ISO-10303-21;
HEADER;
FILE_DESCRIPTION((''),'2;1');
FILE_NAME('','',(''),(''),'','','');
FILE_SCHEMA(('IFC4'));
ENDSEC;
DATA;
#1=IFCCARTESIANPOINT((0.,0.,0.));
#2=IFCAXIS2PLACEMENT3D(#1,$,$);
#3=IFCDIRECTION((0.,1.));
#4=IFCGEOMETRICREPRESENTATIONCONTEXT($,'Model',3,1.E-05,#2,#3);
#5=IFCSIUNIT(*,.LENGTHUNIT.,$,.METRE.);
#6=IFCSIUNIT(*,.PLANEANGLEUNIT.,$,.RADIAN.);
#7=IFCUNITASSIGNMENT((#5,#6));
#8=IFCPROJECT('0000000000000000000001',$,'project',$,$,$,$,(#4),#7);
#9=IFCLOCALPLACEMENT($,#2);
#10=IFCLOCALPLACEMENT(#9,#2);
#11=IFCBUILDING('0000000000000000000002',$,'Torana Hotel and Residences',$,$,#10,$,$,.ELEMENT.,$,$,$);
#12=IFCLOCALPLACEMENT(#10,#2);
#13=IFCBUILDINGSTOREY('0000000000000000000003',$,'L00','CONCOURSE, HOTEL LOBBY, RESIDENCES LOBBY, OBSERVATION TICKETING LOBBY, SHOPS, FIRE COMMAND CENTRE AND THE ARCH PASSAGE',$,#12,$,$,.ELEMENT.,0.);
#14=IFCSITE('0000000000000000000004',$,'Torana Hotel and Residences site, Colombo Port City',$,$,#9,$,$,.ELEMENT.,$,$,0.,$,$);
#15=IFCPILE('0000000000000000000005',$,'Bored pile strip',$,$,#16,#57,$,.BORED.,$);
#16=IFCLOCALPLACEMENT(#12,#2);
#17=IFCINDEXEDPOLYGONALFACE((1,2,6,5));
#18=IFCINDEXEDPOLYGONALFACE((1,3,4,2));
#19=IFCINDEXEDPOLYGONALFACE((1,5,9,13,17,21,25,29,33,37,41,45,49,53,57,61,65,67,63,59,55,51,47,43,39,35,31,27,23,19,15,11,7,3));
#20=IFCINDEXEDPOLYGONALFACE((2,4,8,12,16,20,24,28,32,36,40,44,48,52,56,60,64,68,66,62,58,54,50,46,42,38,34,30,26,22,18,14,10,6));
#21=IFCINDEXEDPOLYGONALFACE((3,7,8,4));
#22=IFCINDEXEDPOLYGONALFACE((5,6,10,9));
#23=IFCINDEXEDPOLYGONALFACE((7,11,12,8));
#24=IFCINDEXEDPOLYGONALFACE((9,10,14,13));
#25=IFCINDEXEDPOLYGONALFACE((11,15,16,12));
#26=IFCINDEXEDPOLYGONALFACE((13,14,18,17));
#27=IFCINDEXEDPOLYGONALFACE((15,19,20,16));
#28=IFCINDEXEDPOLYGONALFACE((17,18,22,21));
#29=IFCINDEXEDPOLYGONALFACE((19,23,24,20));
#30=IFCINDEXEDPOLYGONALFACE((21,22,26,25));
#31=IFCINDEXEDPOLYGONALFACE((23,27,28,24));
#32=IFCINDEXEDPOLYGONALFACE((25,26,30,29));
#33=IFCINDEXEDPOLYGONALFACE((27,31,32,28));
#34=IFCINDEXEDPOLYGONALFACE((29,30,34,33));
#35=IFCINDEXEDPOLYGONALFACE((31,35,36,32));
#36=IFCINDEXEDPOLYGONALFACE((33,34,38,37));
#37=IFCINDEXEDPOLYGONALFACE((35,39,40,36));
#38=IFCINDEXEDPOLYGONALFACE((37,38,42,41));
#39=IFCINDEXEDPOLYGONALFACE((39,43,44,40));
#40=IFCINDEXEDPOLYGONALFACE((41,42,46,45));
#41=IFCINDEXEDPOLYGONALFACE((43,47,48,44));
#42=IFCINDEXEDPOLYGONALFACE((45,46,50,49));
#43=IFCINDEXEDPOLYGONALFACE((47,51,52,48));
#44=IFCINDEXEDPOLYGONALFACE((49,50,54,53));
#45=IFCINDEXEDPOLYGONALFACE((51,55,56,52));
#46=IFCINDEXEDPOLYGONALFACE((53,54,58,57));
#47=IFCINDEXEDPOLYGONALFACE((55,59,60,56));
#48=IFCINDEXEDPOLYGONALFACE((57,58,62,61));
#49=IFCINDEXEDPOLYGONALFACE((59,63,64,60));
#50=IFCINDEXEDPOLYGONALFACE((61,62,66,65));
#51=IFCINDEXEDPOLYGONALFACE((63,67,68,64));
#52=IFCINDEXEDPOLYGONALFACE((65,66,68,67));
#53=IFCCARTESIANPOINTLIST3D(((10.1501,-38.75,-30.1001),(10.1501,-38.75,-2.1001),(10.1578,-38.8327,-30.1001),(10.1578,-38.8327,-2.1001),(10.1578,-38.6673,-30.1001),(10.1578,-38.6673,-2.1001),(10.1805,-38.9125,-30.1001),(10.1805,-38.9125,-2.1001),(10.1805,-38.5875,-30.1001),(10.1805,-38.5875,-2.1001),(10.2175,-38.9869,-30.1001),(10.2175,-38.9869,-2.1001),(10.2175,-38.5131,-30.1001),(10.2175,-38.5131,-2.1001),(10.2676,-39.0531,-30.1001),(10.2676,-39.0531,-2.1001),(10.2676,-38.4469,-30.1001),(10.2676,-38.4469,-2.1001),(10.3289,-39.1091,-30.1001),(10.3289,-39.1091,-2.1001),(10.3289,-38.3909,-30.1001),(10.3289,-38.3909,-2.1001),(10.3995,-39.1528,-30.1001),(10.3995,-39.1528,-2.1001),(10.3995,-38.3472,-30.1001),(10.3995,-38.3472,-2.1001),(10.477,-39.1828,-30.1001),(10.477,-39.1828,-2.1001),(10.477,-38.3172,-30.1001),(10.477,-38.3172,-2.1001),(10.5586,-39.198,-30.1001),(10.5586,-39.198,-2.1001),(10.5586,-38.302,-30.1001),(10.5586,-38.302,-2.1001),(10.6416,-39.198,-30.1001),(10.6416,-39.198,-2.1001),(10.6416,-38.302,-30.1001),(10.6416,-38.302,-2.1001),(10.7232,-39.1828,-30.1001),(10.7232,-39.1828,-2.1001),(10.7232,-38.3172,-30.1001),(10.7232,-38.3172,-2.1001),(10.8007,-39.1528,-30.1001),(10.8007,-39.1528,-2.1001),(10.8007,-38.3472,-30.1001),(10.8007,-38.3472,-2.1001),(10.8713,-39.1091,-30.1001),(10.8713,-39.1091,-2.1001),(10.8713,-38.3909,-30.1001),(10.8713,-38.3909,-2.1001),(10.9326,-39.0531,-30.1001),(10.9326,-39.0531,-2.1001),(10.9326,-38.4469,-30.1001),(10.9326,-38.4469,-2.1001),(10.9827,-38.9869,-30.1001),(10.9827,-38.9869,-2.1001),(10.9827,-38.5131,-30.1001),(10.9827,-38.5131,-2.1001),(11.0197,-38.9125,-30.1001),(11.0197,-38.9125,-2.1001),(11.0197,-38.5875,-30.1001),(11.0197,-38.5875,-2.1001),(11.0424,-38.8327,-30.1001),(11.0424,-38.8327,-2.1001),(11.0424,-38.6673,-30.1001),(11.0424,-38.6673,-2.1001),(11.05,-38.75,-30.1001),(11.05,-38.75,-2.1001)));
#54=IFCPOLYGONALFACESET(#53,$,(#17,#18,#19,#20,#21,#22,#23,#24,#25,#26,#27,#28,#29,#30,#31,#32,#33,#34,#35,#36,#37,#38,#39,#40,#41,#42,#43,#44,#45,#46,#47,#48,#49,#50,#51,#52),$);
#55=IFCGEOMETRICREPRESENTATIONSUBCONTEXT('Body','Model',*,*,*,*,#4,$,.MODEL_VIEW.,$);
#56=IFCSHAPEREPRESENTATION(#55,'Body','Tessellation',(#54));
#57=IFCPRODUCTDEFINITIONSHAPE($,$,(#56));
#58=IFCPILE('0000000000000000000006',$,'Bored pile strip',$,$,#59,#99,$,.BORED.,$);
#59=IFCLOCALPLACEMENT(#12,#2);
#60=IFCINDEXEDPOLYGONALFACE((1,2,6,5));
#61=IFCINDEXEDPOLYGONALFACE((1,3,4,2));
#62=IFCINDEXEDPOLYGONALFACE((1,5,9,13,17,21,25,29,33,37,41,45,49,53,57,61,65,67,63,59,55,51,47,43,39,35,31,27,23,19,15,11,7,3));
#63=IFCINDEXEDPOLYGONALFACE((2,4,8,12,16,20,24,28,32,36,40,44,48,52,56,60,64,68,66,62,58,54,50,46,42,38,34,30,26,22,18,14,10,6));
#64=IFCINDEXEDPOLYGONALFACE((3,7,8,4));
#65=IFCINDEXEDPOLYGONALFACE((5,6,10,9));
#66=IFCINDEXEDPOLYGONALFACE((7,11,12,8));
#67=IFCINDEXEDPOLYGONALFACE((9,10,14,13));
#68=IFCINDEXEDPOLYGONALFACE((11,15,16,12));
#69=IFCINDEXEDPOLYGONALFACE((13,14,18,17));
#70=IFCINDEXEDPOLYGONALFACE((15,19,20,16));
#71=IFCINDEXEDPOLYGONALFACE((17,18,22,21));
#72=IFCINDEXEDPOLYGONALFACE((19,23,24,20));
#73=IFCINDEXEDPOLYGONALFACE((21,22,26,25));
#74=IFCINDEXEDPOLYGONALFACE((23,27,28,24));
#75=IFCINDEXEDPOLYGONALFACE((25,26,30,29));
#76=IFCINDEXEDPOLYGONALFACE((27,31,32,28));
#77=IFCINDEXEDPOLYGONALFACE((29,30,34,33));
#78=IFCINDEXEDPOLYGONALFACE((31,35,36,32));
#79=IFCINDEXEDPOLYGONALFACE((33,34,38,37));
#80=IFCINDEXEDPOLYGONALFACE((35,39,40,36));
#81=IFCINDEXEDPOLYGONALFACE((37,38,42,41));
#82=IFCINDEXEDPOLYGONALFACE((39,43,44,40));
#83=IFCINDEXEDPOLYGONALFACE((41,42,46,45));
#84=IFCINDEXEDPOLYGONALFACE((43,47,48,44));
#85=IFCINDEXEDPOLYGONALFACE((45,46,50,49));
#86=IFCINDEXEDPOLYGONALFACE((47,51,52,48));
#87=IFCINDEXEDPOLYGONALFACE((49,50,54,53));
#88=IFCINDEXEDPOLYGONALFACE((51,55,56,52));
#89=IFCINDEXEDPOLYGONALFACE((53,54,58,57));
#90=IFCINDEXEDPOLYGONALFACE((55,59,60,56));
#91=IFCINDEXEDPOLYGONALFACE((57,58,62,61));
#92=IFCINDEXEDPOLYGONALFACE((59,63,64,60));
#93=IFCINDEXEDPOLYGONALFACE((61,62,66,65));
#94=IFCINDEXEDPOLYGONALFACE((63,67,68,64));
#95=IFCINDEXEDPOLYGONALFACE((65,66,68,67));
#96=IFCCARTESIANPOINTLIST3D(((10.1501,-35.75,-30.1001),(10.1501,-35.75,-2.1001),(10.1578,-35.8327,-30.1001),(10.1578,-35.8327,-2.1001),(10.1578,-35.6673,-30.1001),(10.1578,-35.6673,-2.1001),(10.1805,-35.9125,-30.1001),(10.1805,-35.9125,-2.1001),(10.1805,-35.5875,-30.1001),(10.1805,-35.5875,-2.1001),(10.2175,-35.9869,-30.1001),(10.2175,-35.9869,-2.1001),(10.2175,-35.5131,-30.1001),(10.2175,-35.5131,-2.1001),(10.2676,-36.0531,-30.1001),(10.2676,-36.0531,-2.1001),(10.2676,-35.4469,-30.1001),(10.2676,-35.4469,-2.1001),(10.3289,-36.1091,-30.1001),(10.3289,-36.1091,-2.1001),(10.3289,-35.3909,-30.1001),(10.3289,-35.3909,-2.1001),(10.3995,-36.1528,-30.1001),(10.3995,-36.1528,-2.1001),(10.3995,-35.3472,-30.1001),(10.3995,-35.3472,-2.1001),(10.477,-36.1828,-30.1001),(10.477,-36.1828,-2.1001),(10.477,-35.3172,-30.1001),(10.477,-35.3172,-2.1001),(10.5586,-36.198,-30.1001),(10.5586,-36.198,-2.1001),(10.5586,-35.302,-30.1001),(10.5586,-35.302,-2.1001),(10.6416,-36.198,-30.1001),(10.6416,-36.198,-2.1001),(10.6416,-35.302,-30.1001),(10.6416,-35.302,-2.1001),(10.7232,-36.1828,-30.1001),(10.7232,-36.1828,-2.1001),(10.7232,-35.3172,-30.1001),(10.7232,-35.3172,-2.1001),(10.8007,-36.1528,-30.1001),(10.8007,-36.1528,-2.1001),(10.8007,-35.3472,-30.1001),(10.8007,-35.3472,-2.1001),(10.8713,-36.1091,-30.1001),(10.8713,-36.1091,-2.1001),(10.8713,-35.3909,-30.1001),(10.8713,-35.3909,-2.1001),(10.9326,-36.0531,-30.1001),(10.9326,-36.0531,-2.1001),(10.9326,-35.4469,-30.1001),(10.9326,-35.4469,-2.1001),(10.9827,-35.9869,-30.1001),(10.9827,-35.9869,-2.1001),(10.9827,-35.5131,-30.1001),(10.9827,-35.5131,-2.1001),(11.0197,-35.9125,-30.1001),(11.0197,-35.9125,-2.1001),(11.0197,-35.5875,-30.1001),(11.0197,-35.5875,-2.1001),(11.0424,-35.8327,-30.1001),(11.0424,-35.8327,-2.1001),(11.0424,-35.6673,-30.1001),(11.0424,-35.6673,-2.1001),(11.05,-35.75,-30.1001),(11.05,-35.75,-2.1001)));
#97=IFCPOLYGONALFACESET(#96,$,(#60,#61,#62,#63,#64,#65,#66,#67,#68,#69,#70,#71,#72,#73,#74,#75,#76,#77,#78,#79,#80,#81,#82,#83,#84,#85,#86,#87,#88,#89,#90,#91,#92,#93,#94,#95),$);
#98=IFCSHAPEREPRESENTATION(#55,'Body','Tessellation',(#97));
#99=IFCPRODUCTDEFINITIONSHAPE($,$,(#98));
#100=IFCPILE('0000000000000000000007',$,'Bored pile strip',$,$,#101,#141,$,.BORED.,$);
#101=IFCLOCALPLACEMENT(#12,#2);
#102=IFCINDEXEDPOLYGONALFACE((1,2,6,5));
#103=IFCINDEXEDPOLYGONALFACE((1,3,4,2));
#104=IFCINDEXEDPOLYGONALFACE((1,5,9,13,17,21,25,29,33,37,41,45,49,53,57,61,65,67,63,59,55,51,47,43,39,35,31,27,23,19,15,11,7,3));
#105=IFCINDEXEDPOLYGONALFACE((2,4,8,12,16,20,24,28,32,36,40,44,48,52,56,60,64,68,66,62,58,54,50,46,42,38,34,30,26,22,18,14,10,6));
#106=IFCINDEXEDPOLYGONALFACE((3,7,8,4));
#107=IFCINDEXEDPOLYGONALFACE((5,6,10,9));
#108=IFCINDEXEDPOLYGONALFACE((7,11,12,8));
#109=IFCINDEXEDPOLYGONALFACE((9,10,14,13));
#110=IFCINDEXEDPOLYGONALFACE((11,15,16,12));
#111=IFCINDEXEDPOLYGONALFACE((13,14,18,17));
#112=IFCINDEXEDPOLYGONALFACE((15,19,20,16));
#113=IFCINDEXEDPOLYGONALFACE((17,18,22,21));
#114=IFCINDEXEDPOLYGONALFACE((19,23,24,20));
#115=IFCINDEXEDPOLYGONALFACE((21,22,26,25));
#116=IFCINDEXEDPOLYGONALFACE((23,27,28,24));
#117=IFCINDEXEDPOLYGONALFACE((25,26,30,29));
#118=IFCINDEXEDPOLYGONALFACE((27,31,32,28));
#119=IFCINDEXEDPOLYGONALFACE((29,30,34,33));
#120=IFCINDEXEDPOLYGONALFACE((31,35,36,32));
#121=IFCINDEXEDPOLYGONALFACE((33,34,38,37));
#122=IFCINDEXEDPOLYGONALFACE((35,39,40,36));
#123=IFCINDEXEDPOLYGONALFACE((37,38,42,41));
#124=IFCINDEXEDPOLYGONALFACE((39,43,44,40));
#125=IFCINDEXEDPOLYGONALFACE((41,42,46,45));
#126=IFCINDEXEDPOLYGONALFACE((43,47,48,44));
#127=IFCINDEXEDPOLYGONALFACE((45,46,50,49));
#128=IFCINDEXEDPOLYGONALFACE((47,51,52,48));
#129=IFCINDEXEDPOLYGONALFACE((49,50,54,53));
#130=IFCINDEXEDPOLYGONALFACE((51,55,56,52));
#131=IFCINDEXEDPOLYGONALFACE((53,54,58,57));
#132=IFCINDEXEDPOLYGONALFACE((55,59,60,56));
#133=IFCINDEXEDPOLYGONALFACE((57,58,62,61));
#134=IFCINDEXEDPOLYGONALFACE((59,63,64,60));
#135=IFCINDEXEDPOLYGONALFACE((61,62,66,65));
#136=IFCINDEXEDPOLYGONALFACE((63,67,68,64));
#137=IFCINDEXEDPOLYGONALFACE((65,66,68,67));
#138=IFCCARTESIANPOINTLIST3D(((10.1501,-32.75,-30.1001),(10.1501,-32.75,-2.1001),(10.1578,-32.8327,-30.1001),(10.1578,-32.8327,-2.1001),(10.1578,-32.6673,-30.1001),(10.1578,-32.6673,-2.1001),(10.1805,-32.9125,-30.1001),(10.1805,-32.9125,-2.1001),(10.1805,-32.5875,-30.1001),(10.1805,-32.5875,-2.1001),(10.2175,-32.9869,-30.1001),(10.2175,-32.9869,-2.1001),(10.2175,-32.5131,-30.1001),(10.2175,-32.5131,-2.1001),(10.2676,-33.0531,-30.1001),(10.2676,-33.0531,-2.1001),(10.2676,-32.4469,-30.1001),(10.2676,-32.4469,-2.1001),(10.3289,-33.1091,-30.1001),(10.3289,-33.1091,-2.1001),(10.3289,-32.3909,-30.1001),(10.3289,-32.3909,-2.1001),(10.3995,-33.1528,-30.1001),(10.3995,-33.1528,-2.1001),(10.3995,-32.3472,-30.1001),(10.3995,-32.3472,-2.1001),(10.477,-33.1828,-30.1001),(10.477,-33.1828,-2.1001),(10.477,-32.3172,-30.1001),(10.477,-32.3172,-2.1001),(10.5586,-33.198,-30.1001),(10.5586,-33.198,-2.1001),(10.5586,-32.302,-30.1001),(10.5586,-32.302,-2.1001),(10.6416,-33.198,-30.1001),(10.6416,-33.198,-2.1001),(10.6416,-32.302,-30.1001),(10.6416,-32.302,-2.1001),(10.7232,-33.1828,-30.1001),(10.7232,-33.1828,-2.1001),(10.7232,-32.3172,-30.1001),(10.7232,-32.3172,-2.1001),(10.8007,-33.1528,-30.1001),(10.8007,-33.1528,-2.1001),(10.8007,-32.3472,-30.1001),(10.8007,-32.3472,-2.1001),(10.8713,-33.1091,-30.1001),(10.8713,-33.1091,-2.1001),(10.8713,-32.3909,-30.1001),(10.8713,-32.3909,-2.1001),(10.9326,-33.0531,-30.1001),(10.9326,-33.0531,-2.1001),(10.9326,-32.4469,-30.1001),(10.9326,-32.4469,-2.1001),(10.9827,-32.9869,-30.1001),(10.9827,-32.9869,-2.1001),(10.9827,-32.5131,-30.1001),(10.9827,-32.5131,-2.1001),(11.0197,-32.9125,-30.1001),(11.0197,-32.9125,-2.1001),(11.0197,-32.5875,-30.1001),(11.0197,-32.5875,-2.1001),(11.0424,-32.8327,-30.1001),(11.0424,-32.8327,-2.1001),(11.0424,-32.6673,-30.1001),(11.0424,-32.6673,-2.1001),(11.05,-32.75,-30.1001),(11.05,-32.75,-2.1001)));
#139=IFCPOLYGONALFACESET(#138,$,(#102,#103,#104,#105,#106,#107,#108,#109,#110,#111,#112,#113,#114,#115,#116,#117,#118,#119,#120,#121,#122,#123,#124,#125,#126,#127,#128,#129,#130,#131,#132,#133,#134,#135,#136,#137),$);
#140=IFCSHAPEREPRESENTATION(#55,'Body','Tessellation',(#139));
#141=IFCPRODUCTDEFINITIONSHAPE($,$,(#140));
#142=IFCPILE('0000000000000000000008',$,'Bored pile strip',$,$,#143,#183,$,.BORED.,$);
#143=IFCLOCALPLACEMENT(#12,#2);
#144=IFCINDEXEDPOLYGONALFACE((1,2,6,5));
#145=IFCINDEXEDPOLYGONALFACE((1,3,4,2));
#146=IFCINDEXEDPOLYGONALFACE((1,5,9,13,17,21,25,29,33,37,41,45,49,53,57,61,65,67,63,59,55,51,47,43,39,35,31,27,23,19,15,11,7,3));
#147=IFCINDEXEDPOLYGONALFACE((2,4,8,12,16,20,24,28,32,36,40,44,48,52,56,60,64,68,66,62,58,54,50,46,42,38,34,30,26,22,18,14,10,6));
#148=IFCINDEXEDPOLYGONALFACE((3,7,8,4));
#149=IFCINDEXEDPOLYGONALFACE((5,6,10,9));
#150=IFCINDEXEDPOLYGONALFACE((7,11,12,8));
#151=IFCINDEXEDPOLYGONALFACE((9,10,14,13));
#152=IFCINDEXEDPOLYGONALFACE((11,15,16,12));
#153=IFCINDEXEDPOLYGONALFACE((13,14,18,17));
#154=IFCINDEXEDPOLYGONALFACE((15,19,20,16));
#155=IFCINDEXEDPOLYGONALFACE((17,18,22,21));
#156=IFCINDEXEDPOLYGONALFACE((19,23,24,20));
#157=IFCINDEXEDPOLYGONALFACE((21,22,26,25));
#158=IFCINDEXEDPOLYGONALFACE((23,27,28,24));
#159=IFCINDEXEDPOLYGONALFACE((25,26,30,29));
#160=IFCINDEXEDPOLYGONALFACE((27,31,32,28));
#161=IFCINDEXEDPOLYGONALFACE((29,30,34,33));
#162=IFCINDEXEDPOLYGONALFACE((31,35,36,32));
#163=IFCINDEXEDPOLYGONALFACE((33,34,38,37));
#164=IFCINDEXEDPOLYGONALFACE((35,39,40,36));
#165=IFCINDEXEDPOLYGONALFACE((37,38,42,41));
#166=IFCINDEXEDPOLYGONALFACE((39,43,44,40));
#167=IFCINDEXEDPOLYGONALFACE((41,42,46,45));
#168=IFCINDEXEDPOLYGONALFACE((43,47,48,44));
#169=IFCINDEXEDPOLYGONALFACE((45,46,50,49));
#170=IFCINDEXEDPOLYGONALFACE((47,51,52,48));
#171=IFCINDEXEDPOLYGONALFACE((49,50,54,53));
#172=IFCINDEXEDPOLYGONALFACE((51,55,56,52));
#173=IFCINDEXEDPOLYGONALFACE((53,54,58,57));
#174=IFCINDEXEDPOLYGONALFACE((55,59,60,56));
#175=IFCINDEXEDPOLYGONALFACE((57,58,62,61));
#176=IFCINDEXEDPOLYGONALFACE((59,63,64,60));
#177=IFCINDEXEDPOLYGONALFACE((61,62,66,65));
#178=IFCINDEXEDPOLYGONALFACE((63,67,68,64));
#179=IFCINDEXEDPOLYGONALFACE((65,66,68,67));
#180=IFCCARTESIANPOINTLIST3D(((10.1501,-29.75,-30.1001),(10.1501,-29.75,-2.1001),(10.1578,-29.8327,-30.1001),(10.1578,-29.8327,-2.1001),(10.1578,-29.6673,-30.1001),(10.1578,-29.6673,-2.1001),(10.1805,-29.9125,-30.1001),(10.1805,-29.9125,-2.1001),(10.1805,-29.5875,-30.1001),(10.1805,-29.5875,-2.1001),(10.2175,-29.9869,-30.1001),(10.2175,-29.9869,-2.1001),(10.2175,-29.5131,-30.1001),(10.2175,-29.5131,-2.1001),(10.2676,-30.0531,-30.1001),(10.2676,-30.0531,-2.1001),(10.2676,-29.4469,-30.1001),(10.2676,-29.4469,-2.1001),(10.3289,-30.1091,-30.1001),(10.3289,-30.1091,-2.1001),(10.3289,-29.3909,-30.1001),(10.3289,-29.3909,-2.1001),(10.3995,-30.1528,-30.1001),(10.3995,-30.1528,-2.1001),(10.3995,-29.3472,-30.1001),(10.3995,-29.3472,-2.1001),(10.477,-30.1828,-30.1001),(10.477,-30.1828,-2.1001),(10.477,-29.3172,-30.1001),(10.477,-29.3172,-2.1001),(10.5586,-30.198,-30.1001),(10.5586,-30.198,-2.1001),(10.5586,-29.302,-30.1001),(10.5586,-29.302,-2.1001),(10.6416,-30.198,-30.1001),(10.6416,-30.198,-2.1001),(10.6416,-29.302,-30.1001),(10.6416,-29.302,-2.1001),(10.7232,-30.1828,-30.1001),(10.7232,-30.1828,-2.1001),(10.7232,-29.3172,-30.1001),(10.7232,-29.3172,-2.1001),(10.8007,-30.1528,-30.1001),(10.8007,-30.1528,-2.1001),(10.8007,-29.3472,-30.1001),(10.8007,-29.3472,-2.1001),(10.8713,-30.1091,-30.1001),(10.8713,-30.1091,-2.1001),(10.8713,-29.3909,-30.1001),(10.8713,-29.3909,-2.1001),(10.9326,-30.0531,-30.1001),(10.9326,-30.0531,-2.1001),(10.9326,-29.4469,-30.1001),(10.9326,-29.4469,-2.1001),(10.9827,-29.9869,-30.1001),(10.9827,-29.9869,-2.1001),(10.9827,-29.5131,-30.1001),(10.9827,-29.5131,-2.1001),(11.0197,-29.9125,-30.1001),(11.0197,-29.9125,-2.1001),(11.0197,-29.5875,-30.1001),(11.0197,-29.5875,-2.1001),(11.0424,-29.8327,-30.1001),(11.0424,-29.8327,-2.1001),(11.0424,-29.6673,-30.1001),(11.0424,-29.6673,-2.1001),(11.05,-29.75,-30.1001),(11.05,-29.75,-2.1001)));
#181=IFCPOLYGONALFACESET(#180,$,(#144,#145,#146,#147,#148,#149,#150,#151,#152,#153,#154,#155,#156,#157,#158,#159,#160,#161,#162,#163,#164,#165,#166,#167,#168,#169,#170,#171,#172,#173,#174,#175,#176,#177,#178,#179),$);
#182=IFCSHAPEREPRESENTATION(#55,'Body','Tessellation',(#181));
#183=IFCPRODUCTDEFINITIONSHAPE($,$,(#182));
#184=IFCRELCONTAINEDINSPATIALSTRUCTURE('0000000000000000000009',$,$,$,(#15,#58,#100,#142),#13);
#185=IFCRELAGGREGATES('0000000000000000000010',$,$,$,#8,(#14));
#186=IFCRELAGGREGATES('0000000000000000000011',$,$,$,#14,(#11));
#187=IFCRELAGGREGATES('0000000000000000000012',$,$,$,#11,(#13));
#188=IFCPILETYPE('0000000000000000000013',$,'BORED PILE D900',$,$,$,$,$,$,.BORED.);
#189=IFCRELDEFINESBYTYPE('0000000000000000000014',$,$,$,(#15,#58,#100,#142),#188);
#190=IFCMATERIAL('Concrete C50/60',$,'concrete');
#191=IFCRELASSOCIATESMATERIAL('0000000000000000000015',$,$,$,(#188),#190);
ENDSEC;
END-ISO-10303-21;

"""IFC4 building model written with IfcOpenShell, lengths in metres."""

from ifc_helpers import new_model, si_unit, direction, frame, origin, origin_2d, place, context, subcontext, project, spatial, circle, extrude, material, type_object, element, save


model = new_model("IFC4")

# Units and contexts
model_context = context("Model", 3, precision=1e-05, world=origin(), true_north=direction((0.0, 1.0)))
body_context = subcontext(model_context, "Body", "Model", "MODEL_VIEW")
ifc_project = project(units=[si_unit("LENGTHUNIT", "METRE"), si_unit("PLANEANGLEUNIT", "RADIAN")], contexts=[model_context])

# Site, building, storey
site_placement = place(None, origin())
site = spatial("IfcSite", under=ifc_project, at=site_placement, Name="Torana Hotel and Residences site, Colombo Port City", CompositionType="ELEMENT", RefElevation=0.0)
building_placement = place(site_placement, origin())
building = spatial("IfcBuilding", under=site, at=building_placement, Name="Torana Hotel and Residences", CompositionType="ELEMENT")
storey_placement = place(building_placement, origin())
storey = spatial("IfcBuildingStorey", under=building, at=storey_placement, Name="L00", Description="CONCOURSE, HOTEL LOBBY, RESIDENCES LOBBY, OBSERVATION TICKETING LOBBY, SHOPS, FIRE COMMAND CENTRE AND THE ARCH PASSAGE", CompositionType="ELEMENT", Elevation=0.0)

# Piles
ifc_material_1 = material(Name="Concrete C50/60", Category="concrete")
pile_type_1 = type_object("IfcPileType", Name="BORED PILE D900", PredefinedType="BORED", material=ifc_material_1)
for number, where, z_axis, x_axis, name in (
    (1, (10.6001, -38.75, -2.1001), (0.0, 0.0, -1.0), (1.0, 0.0, 0.0), "Bored pile strip"),
    (2, (10.6001, -35.75, -2.1001), (0.0, 0.0, -1.0), (1.0, 0.0, 0.0), "Bored pile strip"),
    (3, (10.6001, -32.75, -2.1001), (0.0, 0.0, -1.0), (1.0, 0.0, 0.0), "Bored pile strip"),
    (4, (10.6001, -29.75, -2.1001), (0.0, 0.0, -1.0), (1.0, 0.0, 0.0), "Bored pile strip"),
):
    element("IfcPile", number, at=place(storey_placement, frame(where, z_axis=z_axis, x_axis=x_axis)), inside=storey, type_object=pile_type_1, Name=name, PredefinedType="BORED", context=body_context, shape_type="SweptSolid", body=[
        extrude(circle(Radius=0.45, at=origin_2d()), origin(), (0.0, 0.0, 1.0), 28.0),
    ])

save(model, "model.ifc")
